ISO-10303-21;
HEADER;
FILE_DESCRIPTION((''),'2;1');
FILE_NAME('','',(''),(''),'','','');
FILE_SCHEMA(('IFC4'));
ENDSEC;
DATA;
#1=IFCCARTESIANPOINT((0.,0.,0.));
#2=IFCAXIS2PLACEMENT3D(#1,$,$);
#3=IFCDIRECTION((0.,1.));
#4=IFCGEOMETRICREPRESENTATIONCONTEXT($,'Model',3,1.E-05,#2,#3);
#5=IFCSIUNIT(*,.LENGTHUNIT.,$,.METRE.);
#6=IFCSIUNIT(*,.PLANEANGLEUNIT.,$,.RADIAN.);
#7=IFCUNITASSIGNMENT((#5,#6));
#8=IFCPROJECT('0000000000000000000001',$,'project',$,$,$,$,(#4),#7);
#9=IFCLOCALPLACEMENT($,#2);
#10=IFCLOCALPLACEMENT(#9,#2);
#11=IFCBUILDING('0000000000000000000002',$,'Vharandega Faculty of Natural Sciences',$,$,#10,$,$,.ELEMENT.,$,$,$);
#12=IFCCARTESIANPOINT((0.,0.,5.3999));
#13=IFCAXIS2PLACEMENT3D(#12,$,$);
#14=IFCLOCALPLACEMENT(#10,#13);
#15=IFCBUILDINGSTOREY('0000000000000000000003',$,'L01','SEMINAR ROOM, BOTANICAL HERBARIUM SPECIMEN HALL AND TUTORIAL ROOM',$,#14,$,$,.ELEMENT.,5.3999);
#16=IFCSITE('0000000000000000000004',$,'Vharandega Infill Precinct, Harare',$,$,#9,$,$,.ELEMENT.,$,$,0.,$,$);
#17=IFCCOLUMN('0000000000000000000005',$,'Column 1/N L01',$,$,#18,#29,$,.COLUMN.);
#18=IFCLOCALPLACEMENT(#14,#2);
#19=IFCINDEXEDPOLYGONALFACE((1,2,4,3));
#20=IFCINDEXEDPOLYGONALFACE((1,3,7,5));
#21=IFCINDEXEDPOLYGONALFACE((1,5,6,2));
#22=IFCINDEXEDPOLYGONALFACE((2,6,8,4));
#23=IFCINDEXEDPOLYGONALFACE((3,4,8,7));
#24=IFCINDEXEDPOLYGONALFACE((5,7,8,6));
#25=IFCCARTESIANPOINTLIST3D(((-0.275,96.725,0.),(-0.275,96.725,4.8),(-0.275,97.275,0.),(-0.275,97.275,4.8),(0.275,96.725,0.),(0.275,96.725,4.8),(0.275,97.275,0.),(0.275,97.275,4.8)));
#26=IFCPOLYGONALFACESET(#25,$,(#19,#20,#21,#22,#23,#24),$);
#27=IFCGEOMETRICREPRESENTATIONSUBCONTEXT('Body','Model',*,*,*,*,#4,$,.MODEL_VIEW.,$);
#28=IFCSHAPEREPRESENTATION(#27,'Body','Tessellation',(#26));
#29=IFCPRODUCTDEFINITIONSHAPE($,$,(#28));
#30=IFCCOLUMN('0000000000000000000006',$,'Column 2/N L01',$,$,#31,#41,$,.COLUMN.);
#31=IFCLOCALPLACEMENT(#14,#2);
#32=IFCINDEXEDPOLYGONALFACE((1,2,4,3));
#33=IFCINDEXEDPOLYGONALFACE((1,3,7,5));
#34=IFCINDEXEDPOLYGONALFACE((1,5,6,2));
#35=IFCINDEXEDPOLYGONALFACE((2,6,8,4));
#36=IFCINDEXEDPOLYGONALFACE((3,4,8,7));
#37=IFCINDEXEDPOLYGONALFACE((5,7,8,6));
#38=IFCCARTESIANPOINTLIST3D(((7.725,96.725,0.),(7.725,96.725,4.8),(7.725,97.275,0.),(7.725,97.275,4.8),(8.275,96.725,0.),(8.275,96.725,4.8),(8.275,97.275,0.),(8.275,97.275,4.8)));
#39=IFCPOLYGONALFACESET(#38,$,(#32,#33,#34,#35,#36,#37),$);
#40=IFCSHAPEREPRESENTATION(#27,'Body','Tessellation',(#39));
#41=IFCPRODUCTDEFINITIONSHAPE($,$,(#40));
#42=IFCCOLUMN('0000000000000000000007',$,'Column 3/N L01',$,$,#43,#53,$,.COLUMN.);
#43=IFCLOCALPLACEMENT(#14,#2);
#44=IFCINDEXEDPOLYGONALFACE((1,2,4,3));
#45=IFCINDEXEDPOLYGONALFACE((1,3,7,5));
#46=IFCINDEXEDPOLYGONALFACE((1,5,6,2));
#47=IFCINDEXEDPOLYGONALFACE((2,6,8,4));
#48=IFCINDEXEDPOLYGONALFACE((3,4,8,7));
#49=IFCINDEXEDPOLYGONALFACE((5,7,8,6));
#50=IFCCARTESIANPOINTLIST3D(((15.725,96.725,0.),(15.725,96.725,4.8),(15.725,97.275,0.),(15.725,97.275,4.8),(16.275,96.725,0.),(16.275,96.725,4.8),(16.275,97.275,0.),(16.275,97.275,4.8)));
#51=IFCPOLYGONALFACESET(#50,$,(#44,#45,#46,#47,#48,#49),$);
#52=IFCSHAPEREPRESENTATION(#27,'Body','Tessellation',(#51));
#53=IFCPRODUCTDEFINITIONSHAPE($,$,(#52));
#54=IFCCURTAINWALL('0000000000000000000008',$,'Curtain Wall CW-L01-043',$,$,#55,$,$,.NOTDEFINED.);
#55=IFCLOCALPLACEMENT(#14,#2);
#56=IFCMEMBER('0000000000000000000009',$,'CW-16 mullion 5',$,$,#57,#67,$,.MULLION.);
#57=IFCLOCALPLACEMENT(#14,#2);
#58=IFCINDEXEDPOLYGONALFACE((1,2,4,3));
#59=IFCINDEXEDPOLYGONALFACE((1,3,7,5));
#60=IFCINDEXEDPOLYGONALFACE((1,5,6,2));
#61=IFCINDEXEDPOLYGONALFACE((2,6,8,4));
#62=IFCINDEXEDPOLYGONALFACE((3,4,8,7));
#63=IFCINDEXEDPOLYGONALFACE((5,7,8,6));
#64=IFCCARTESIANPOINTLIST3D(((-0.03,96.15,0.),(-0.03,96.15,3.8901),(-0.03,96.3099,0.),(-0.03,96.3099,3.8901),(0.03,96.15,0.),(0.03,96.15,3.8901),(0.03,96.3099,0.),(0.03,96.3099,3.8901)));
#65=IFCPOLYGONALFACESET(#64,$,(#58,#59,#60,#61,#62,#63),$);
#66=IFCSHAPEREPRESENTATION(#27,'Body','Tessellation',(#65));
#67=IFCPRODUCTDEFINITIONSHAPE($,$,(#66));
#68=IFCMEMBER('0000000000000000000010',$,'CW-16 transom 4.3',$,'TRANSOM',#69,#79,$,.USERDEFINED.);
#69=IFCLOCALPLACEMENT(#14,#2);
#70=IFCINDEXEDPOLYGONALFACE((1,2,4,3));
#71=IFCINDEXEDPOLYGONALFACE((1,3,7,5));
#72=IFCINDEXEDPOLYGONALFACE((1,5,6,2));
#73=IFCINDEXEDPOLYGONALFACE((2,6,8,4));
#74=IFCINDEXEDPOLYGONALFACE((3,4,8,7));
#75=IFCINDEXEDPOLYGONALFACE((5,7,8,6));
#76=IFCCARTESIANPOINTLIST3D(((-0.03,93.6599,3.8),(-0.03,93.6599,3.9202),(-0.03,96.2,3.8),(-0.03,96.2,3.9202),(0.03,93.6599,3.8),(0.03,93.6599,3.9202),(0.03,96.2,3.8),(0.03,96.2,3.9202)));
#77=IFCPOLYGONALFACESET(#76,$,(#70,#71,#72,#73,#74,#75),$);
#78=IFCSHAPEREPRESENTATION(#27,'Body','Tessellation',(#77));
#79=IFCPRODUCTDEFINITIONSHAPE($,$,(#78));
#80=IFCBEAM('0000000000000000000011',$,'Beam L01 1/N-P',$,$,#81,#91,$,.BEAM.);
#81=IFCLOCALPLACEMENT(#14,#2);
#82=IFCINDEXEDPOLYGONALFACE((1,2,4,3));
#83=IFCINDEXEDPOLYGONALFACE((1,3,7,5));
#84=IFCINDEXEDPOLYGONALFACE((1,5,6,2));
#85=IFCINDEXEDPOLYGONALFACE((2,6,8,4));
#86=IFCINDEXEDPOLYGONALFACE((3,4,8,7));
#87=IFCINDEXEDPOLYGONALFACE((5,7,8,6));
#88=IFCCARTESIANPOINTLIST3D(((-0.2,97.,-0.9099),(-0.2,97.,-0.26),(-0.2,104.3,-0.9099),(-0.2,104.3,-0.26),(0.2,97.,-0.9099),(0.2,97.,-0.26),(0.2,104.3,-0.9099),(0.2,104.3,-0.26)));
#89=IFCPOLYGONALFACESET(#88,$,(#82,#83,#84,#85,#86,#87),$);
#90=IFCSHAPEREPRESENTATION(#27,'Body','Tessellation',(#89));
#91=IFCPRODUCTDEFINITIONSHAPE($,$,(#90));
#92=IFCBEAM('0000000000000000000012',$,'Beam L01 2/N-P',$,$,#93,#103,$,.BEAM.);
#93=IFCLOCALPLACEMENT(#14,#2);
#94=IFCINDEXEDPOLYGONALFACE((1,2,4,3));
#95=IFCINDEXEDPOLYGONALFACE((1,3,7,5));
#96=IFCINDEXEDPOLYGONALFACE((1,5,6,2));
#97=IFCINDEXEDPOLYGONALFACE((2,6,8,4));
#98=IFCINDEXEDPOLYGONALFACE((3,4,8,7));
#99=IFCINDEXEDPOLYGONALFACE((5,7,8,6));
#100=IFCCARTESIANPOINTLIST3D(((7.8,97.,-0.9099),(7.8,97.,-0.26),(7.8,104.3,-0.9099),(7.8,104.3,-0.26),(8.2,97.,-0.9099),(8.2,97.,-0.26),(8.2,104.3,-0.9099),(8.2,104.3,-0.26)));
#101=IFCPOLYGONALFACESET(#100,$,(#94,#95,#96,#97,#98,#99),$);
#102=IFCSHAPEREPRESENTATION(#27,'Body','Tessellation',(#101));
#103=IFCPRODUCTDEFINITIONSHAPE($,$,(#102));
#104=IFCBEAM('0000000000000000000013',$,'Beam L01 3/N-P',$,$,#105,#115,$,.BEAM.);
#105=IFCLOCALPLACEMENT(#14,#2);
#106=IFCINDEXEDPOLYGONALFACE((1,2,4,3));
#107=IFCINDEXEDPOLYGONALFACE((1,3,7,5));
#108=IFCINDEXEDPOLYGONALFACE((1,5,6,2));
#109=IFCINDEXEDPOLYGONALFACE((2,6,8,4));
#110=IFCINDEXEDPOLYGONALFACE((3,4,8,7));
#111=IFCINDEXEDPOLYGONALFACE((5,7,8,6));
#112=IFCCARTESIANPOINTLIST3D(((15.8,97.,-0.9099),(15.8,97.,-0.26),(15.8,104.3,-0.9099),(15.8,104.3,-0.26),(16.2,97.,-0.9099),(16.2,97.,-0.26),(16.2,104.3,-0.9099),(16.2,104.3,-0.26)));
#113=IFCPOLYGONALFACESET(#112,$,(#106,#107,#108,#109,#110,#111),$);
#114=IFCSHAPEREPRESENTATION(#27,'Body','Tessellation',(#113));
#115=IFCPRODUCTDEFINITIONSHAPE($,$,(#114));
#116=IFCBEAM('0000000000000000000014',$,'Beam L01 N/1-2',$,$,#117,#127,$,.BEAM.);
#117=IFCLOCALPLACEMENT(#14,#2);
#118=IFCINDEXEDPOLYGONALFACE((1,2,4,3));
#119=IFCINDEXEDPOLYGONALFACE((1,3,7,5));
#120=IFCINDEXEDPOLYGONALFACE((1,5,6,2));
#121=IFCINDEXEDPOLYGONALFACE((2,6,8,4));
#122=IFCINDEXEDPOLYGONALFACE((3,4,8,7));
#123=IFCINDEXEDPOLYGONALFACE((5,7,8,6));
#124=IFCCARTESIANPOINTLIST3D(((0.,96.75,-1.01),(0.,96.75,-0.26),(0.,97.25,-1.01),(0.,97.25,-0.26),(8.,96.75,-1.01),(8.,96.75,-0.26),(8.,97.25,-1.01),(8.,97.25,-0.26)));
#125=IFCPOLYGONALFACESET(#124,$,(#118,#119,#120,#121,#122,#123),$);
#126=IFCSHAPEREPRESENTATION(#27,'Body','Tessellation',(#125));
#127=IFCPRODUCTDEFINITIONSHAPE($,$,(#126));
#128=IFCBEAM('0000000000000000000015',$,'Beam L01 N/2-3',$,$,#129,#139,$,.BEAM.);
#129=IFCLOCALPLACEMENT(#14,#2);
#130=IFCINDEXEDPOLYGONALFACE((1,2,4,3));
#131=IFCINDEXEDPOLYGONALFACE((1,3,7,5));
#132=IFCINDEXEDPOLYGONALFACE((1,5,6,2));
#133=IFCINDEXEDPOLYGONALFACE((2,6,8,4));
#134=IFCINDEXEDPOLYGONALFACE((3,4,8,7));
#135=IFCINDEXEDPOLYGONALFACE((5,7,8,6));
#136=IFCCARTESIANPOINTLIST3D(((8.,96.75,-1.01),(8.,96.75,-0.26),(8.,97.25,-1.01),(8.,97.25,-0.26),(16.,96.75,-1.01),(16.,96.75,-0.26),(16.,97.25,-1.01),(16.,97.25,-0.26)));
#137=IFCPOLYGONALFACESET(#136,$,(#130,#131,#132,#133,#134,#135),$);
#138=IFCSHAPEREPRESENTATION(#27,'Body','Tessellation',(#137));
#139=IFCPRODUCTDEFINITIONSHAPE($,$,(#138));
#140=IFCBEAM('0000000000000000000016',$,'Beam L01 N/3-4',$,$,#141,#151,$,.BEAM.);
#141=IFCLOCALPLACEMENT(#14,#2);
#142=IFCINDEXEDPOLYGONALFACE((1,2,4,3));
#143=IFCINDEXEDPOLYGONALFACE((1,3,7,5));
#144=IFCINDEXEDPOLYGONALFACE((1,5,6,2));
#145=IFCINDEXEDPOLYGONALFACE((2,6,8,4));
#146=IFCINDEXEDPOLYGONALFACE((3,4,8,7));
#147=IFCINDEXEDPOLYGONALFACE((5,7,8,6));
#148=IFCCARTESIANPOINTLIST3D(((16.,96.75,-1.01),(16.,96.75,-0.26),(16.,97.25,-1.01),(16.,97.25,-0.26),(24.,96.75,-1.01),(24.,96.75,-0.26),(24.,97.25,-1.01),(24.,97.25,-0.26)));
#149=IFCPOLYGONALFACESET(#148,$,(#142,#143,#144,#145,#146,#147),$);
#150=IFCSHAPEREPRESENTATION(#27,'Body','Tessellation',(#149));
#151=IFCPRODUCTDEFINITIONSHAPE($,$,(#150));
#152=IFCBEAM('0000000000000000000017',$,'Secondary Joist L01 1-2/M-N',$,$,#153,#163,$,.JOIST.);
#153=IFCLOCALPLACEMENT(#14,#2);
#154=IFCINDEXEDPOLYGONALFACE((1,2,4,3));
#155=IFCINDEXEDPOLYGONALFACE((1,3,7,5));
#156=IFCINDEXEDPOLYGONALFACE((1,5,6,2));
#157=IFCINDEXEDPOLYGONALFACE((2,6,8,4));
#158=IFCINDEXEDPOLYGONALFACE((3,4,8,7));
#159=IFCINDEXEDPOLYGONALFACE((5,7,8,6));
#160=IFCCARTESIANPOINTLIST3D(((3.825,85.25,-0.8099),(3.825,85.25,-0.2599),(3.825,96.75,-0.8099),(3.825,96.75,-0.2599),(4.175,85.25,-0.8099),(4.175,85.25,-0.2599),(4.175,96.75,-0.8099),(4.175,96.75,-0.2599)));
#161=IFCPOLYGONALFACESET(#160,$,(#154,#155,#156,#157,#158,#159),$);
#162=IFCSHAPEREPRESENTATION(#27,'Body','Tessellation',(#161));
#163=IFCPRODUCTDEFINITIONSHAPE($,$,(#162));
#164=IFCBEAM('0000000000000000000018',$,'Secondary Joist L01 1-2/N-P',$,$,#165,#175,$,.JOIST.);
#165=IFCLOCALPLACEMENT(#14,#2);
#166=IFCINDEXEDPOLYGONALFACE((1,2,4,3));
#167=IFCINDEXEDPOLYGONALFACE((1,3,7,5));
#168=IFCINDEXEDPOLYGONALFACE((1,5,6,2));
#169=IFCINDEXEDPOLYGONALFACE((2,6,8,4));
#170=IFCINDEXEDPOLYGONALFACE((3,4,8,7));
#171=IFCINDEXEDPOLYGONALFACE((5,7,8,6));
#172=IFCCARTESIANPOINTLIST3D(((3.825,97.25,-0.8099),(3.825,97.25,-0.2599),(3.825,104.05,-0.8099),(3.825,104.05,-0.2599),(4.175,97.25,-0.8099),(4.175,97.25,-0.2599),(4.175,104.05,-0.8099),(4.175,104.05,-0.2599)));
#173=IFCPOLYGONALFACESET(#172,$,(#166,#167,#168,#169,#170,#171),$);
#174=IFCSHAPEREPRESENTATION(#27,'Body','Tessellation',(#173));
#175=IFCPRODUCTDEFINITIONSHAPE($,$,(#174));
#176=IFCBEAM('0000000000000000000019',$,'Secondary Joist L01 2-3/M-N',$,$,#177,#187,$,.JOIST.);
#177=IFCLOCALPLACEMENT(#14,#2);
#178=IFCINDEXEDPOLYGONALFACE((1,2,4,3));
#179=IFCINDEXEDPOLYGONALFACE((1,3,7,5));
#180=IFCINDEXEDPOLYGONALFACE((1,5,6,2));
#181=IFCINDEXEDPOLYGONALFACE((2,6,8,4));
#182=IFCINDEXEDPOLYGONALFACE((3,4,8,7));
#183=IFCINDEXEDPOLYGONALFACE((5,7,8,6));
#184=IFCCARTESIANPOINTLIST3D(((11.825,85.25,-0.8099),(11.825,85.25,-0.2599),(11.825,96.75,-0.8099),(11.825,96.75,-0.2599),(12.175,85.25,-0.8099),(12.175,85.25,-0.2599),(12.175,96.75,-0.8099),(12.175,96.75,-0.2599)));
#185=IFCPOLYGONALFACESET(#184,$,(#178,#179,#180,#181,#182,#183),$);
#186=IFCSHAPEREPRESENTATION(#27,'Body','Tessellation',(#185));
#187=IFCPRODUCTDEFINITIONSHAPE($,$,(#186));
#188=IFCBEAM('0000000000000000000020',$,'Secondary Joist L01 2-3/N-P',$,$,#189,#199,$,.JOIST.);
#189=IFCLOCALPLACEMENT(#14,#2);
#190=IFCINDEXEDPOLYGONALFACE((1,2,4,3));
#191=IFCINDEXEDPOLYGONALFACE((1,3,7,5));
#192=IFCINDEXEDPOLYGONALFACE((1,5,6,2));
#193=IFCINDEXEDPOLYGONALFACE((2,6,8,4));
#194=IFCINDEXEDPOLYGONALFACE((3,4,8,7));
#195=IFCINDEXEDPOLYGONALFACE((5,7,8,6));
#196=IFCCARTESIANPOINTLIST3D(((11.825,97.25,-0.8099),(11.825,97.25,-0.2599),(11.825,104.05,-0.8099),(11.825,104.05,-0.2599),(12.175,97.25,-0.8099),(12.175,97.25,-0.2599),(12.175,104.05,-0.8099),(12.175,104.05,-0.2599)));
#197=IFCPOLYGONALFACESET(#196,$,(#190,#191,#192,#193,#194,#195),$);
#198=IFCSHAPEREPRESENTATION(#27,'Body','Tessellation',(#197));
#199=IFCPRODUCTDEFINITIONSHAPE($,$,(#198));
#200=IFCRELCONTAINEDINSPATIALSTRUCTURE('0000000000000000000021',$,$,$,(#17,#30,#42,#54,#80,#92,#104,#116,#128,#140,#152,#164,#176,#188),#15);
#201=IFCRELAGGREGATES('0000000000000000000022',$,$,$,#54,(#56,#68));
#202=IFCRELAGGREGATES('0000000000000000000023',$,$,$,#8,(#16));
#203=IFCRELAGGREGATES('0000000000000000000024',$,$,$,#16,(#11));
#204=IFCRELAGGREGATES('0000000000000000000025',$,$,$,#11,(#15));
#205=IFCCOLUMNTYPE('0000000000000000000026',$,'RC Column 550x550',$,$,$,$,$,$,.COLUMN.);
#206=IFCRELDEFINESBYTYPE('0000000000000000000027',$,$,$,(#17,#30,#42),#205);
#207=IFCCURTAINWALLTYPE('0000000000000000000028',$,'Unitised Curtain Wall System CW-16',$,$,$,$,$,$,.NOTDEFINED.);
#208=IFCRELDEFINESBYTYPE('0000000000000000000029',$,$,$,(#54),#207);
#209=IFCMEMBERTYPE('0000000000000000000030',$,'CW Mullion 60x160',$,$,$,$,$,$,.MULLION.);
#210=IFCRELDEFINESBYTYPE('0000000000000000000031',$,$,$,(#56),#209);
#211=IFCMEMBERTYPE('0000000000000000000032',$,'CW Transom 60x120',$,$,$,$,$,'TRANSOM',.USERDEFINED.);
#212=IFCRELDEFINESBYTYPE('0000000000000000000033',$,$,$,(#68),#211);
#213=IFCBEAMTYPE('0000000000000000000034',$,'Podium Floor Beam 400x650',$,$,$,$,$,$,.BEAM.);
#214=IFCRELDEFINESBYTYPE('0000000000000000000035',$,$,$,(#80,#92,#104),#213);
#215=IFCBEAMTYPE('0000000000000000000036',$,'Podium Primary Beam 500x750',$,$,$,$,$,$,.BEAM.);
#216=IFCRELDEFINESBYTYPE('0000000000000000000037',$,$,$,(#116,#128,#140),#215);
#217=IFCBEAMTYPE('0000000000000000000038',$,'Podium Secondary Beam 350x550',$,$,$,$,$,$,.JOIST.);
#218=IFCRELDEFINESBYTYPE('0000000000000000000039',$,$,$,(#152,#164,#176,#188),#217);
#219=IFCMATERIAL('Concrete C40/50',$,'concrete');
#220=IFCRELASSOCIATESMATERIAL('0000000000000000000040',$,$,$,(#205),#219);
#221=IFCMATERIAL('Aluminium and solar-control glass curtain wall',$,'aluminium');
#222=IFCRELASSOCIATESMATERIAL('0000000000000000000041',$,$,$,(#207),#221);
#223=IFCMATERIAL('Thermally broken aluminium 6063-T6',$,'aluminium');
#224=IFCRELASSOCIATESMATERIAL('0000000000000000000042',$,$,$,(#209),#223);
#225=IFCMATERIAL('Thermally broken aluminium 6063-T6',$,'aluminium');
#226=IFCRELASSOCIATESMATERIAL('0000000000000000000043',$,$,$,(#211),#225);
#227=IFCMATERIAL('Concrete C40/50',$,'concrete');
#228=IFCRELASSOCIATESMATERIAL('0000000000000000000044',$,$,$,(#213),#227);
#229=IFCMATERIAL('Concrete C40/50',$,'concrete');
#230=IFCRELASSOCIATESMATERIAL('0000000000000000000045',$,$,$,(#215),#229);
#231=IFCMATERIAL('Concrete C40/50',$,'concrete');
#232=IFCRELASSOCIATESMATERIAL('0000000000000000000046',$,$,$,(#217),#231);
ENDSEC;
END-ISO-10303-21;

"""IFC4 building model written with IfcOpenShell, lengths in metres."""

from ifc_helpers import new_model, si_unit, direction, frame, origin, origin_2d, place, context, subcontext, project, spatial, rectangle, extrude, material, material_profile, profile_set, type_object, element, aggregate, save


model = new_model("IFC4")

# Units and contexts
model_context = context("Model", 3, precision=1e-05, world=origin(), true_north=direction((0.0, 1.0)))
body_context = subcontext(model_context, "Body", "Model", "MODEL_VIEW")
ifc_project = project(units=[si_unit("LENGTHUNIT", "METRE"), si_unit("PLANEANGLEUNIT", "RADIAN")], contexts=[model_context])

# Site, building, storey
site_placement = place(None, origin())
site = spatial("IfcSite", under=ifc_project, at=site_placement, Name="Vharandega Infill Precinct, Harare", CompositionType="ELEMENT", RefElevation=0.0)
building_placement = place(site_placement, origin())
building = spatial("IfcBuilding", under=site, at=building_placement, Name="Vharandega Faculty of Natural Sciences", CompositionType="ELEMENT")
storey_placement = place(building_placement, frame((0.0, 0.0, 5.3999)))
storey = spatial("IfcBuildingStorey", under=building, at=storey_placement, Name="L01", Description="SEMINAR ROOM, BOTANICAL HERBARIUM SPECIMEN HALL AND TUTORIAL ROOM", CompositionType="ELEMENT", Elevation=5.3999)

# Columns
ifc_material_1 = material(Name="Concrete C40/50", Category="concrete")
ifc_material_profile_1 = material_profile(ifc_material_1, rectangle(XDim=0.55, YDim=0.55, at=origin_2d()), Name="RC 550x550")
ifc_profile_set_1 = profile_set([ifc_material_profile_1], Name="Concrete C40/50")
column_type = type_object("IfcColumnType", Name="RC Column 550x550", PredefinedType="COLUMN", material=ifc_profile_set_1)
for number, where, z_axis, x_axis, name in (
    (1, (0.0, 97.0, 0.0), (0.0, 0.0, 1.0), (1.0, 0.0, 0.0), "Column 1/N L01"),
    (2, (8.0, 97.0, 0.0), (0.0, 0.0, 1.0), (1.0, 0.0, 0.0), "Column 2/N L01"),
    (3, (16.0, 97.0, 0.0), (0.0, 0.0, 1.0), (1.0, 0.0, 0.0), "Column 3/N L01"),
):
    element("IfcColumn", number, at=place(storey_placement, frame(where, z_axis=z_axis, x_axis=x_axis)), inside=storey, type_object=column_type, Name=name, PredefinedType="COLUMN", context=body_context, shape_type="SweptSolid", body=[
        extrude(rectangle(XDim=0.55, YDim=0.55, at=origin_2d()), origin(), (0.0, 0.0, 1.0), 4.8),
    ])

# Curtain wall, members
ifc_material_2 = material(Name="Aluminium and solar-control glass curtain wall", Category="aluminium")
curtain_wall_type = type_object("IfcCurtainWallType", Name="Unitised Curtain Wall System CW-16", PredefinedType="NOTDEFINED", material=ifc_material_2)
curtain_wall_placement = place(storey_placement, origin())
curtain_wall = element("IfcCurtainWall", 4, at=curtain_wall_placement, inside=storey, type_object=curtain_wall_type, Name="Curtain Wall CW-L01-043", PredefinedType="NOTDEFINED")
ifc_material_3 = material(Name="Thermally broken aluminium 6063-T6", Category="aluminium")
ifc_material_profile_2 = material_profile(ifc_material_3, rectangle(XDim=0.0601, YDim=0.1599, at=origin_2d()), Name="ALU 60x160")
ifc_profile_set_2 = profile_set([ifc_material_profile_2], Name="Thermally broken aluminium 6063-T6")
member_type_1 = type_object("IfcMemberType", Name="CW Mullion 60x160", PredefinedType="MULLION", material=ifc_profile_set_2)
member_1_placement = place(storey_placement, frame((0.0, 96.23, 0.0), z_axis=(0.0, 0.0, 1.0), x_axis=(-1.0, 0.0, 0.0)))
member_1 = element("IfcMember", 5, at=member_1_placement, type_object=member_type_1, Name="CW-16 mullion 5", PredefinedType="MULLION", context=body_context, shape_type="SweptSolid", body=[
    extrude(rectangle(XDim=0.0601, YDim=0.1599, at=origin_2d()), origin(), (0.0, 0.0, 1.0), 3.8901),
])
ifc_material_4 = material(Name="Thermally broken aluminium 6063-T6", Category="aluminium")
ifc_material_profile_3 = material_profile(ifc_material_4, rectangle(XDim=0.0601, YDim=0.1201, at=origin_2d()), Name="ALU 60x120")
ifc_profile_set_3 = profile_set([ifc_material_profile_3], Name="Thermally broken aluminium 6063-T6")
member_type_2 = type_object("IfcMemberType", Name="CW Transom 60x120", ElementType="TRANSOM", PredefinedType="USERDEFINED", material=ifc_profile_set_3)
member_2_placement = place(storey_placement, frame((0.0, 93.6599, 3.8601), z_axis=(0.0, 1.0, 0.0), x_axis=(-1.0, 0.0, 0.0)))
member_2 = element("IfcMember", 6, at=member_2_placement, type_object=member_type_2, Name="CW-16 transom 4.3", ObjectType="TRANSOM", PredefinedType="USERDEFINED", context=body_context, shape_type="SweptSolid", body=[
    extrude(rectangle(XDim=0.0601, YDim=0.1201, at=origin_2d()), origin(), (0.0, 0.0, 1.0), 2.54),
])

# Beams
ifc_material_5 = material(Name="Concrete C40/50", Category="concrete")
ifc_material_profile_4 = material_profile(ifc_material_5, rectangle(XDim=0.3999, YDim=0.6499, at=origin_2d()), Name="RC 400x650")
ifc_profile_set_4 = profile_set([ifc_material_profile_4], Name="Concrete C40/50")
beam_type_1 = type_object("IfcBeamType", Name="Podium Floor Beam 400x650", PredefinedType="BEAM", material=ifc_profile_set_4)
for number, where, z_axis, x_axis, name in (
    (7, (0.0, 97.0, -0.585), (0.0, 1.0, 0.0), (-1.0, 0.0, 0.0), "Beam L01 1/N-P"),
    (8, (8.0, 97.0, -0.585), (0.0, 1.0, 0.0), (-1.0, 0.0, 0.0), "Beam L01 2/N-P"),
    (9, (16.0, 97.0, -0.585), (0.0, 1.0, 0.0), (-1.0, 0.0, 0.0), "Beam L01 3/N-P"),
):
    element("IfcBeam", number, at=place(storey_placement, frame(where, z_axis=z_axis, x_axis=x_axis)), inside=storey, type_object=beam_type_1, Name=name, PredefinedType="BEAM", context=body_context, shape_type="SweptSolid", body=[
        extrude(rectangle(XDim=0.3999, YDim=0.6499, at=origin_2d()), origin(), (0.0, 0.0, 1.0), 7.3),
    ])
ifc_material_6 = material(Name="Concrete C40/50", Category="concrete")
ifc_material_profile_5 = material_profile(ifc_material_6, rectangle(XDim=0.5, YDim=0.75, at=origin_2d()), Name="RC 500x750")
ifc_profile_set_5 = profile_set([ifc_material_profile_5], Name="Concrete C40/50")
beam_type_2 = type_object("IfcBeamType", Name="Podium Primary Beam 500x750", PredefinedType="BEAM", material=ifc_profile_set_5)
for number, where, z_axis, x_axis, name in (
    (10, (0.0, 97.0, -0.635), (1.0, 0.0, 0.0), (0.0, 1.0, 0.0), "Beam L01 N/1-2"),
    (11, (8.0, 97.0, -0.635), (1.0, 0.0, 0.0), (0.0, 1.0, 0.0), "Beam L01 N/2-3"),
    (12, (16.0, 97.0, -0.635), (1.0, 0.0, 0.0), (0.0, 1.0, 0.0), "Beam L01 N/3-4"),
):
    element("IfcBeam", number, at=place(storey_placement, frame(where, z_axis=z_axis, x_axis=x_axis)), inside=storey, type_object=beam_type_2, Name=name, PredefinedType="BEAM", context=body_context, shape_type="SweptSolid", body=[
        extrude(rectangle(XDim=0.5, YDim=0.75, at=origin_2d()), origin(), (0.0, 0.0, 1.0), 8.0),
    ])
ifc_material_7 = material(Name="Concrete C40/50", Category="concrete")
ifc_material_profile_6 = material_profile(ifc_material_7, rectangle(XDim=0.3501, YDim=0.55, at=origin_2d()), Name="RC 350x550")
ifc_profile_set_6 = profile_set([ifc_material_profile_6], Name="Concrete C40/50")
beam_type_3 = type_object("IfcBeamType", Name="Podium Secondary Beam 350x550", PredefinedType="JOIST", material=ifc_profile_set_6)
beam_1_placement = place(storey_placement, frame((4.0, 85.25, -0.5349), z_axis=(0.0, 1.0, 0.0), x_axis=(-1.0, 0.0, 0.0)))
element("IfcBeam", 13, at=beam_1_placement, inside=storey, type_object=beam_type_3, Name="Secondary Joist L01 1-2/M-N", PredefinedType="JOIST", context=body_context, shape_type="SweptSolid", body=[
    extrude(rectangle(XDim=0.3501, YDim=0.55, at=origin_2d()), origin(), (0.0, 0.0, 1.0), 11.5),
])
beam_2_placement = place(storey_placement, frame((4.0, 97.25, -0.5349), z_axis=(0.0, 1.0, 0.0), x_axis=(-1.0, 0.0, 0.0)))
element("IfcBeam", 14, at=beam_2_placement, inside=storey, type_object=beam_type_3, Name="Secondary Joist L01 1-2/N-P", PredefinedType="JOIST", context=body_context, shape_type="SweptSolid", body=[
    extrude(rectangle(XDim=0.3501, YDim=0.55, at=origin_2d()), origin(), (0.0, 0.0, 1.0), 6.8),
])
beam_3_placement = place(storey_placement, frame((12.0, 85.25, -0.5349), z_axis=(0.0, 1.0, 0.0), x_axis=(-1.0, 0.0, 0.0)))
element("IfcBeam", 15, at=beam_3_placement, inside=storey, type_object=beam_type_3, Name="Secondary Joist L01 2-3/M-N", PredefinedType="JOIST", context=body_context, shape_type="SweptSolid", body=[
    extrude(rectangle(XDim=0.3501, YDim=0.55, at=origin_2d()), origin(), (0.0, 0.0, 1.0), 11.5),
])
beam_4_placement = place(storey_placement, frame((12.0, 97.25, -0.5349), z_axis=(0.0, 1.0, 0.0), x_axis=(-1.0, 0.0, 0.0)))
element("IfcBeam", 16, at=beam_4_placement, inside=storey, type_object=beam_type_3, Name="Secondary Joist L01 2-3/N-P", PredefinedType="JOIST", context=body_context, shape_type="SweptSolid", body=[
    extrude(rectangle(XDim=0.3501, YDim=0.55, at=origin_2d()), origin(), (0.0, 0.0, 1.0), 6.8),
])

aggregate(curtain_wall, [member_1, member_2])

save(model, "model.ifc")
